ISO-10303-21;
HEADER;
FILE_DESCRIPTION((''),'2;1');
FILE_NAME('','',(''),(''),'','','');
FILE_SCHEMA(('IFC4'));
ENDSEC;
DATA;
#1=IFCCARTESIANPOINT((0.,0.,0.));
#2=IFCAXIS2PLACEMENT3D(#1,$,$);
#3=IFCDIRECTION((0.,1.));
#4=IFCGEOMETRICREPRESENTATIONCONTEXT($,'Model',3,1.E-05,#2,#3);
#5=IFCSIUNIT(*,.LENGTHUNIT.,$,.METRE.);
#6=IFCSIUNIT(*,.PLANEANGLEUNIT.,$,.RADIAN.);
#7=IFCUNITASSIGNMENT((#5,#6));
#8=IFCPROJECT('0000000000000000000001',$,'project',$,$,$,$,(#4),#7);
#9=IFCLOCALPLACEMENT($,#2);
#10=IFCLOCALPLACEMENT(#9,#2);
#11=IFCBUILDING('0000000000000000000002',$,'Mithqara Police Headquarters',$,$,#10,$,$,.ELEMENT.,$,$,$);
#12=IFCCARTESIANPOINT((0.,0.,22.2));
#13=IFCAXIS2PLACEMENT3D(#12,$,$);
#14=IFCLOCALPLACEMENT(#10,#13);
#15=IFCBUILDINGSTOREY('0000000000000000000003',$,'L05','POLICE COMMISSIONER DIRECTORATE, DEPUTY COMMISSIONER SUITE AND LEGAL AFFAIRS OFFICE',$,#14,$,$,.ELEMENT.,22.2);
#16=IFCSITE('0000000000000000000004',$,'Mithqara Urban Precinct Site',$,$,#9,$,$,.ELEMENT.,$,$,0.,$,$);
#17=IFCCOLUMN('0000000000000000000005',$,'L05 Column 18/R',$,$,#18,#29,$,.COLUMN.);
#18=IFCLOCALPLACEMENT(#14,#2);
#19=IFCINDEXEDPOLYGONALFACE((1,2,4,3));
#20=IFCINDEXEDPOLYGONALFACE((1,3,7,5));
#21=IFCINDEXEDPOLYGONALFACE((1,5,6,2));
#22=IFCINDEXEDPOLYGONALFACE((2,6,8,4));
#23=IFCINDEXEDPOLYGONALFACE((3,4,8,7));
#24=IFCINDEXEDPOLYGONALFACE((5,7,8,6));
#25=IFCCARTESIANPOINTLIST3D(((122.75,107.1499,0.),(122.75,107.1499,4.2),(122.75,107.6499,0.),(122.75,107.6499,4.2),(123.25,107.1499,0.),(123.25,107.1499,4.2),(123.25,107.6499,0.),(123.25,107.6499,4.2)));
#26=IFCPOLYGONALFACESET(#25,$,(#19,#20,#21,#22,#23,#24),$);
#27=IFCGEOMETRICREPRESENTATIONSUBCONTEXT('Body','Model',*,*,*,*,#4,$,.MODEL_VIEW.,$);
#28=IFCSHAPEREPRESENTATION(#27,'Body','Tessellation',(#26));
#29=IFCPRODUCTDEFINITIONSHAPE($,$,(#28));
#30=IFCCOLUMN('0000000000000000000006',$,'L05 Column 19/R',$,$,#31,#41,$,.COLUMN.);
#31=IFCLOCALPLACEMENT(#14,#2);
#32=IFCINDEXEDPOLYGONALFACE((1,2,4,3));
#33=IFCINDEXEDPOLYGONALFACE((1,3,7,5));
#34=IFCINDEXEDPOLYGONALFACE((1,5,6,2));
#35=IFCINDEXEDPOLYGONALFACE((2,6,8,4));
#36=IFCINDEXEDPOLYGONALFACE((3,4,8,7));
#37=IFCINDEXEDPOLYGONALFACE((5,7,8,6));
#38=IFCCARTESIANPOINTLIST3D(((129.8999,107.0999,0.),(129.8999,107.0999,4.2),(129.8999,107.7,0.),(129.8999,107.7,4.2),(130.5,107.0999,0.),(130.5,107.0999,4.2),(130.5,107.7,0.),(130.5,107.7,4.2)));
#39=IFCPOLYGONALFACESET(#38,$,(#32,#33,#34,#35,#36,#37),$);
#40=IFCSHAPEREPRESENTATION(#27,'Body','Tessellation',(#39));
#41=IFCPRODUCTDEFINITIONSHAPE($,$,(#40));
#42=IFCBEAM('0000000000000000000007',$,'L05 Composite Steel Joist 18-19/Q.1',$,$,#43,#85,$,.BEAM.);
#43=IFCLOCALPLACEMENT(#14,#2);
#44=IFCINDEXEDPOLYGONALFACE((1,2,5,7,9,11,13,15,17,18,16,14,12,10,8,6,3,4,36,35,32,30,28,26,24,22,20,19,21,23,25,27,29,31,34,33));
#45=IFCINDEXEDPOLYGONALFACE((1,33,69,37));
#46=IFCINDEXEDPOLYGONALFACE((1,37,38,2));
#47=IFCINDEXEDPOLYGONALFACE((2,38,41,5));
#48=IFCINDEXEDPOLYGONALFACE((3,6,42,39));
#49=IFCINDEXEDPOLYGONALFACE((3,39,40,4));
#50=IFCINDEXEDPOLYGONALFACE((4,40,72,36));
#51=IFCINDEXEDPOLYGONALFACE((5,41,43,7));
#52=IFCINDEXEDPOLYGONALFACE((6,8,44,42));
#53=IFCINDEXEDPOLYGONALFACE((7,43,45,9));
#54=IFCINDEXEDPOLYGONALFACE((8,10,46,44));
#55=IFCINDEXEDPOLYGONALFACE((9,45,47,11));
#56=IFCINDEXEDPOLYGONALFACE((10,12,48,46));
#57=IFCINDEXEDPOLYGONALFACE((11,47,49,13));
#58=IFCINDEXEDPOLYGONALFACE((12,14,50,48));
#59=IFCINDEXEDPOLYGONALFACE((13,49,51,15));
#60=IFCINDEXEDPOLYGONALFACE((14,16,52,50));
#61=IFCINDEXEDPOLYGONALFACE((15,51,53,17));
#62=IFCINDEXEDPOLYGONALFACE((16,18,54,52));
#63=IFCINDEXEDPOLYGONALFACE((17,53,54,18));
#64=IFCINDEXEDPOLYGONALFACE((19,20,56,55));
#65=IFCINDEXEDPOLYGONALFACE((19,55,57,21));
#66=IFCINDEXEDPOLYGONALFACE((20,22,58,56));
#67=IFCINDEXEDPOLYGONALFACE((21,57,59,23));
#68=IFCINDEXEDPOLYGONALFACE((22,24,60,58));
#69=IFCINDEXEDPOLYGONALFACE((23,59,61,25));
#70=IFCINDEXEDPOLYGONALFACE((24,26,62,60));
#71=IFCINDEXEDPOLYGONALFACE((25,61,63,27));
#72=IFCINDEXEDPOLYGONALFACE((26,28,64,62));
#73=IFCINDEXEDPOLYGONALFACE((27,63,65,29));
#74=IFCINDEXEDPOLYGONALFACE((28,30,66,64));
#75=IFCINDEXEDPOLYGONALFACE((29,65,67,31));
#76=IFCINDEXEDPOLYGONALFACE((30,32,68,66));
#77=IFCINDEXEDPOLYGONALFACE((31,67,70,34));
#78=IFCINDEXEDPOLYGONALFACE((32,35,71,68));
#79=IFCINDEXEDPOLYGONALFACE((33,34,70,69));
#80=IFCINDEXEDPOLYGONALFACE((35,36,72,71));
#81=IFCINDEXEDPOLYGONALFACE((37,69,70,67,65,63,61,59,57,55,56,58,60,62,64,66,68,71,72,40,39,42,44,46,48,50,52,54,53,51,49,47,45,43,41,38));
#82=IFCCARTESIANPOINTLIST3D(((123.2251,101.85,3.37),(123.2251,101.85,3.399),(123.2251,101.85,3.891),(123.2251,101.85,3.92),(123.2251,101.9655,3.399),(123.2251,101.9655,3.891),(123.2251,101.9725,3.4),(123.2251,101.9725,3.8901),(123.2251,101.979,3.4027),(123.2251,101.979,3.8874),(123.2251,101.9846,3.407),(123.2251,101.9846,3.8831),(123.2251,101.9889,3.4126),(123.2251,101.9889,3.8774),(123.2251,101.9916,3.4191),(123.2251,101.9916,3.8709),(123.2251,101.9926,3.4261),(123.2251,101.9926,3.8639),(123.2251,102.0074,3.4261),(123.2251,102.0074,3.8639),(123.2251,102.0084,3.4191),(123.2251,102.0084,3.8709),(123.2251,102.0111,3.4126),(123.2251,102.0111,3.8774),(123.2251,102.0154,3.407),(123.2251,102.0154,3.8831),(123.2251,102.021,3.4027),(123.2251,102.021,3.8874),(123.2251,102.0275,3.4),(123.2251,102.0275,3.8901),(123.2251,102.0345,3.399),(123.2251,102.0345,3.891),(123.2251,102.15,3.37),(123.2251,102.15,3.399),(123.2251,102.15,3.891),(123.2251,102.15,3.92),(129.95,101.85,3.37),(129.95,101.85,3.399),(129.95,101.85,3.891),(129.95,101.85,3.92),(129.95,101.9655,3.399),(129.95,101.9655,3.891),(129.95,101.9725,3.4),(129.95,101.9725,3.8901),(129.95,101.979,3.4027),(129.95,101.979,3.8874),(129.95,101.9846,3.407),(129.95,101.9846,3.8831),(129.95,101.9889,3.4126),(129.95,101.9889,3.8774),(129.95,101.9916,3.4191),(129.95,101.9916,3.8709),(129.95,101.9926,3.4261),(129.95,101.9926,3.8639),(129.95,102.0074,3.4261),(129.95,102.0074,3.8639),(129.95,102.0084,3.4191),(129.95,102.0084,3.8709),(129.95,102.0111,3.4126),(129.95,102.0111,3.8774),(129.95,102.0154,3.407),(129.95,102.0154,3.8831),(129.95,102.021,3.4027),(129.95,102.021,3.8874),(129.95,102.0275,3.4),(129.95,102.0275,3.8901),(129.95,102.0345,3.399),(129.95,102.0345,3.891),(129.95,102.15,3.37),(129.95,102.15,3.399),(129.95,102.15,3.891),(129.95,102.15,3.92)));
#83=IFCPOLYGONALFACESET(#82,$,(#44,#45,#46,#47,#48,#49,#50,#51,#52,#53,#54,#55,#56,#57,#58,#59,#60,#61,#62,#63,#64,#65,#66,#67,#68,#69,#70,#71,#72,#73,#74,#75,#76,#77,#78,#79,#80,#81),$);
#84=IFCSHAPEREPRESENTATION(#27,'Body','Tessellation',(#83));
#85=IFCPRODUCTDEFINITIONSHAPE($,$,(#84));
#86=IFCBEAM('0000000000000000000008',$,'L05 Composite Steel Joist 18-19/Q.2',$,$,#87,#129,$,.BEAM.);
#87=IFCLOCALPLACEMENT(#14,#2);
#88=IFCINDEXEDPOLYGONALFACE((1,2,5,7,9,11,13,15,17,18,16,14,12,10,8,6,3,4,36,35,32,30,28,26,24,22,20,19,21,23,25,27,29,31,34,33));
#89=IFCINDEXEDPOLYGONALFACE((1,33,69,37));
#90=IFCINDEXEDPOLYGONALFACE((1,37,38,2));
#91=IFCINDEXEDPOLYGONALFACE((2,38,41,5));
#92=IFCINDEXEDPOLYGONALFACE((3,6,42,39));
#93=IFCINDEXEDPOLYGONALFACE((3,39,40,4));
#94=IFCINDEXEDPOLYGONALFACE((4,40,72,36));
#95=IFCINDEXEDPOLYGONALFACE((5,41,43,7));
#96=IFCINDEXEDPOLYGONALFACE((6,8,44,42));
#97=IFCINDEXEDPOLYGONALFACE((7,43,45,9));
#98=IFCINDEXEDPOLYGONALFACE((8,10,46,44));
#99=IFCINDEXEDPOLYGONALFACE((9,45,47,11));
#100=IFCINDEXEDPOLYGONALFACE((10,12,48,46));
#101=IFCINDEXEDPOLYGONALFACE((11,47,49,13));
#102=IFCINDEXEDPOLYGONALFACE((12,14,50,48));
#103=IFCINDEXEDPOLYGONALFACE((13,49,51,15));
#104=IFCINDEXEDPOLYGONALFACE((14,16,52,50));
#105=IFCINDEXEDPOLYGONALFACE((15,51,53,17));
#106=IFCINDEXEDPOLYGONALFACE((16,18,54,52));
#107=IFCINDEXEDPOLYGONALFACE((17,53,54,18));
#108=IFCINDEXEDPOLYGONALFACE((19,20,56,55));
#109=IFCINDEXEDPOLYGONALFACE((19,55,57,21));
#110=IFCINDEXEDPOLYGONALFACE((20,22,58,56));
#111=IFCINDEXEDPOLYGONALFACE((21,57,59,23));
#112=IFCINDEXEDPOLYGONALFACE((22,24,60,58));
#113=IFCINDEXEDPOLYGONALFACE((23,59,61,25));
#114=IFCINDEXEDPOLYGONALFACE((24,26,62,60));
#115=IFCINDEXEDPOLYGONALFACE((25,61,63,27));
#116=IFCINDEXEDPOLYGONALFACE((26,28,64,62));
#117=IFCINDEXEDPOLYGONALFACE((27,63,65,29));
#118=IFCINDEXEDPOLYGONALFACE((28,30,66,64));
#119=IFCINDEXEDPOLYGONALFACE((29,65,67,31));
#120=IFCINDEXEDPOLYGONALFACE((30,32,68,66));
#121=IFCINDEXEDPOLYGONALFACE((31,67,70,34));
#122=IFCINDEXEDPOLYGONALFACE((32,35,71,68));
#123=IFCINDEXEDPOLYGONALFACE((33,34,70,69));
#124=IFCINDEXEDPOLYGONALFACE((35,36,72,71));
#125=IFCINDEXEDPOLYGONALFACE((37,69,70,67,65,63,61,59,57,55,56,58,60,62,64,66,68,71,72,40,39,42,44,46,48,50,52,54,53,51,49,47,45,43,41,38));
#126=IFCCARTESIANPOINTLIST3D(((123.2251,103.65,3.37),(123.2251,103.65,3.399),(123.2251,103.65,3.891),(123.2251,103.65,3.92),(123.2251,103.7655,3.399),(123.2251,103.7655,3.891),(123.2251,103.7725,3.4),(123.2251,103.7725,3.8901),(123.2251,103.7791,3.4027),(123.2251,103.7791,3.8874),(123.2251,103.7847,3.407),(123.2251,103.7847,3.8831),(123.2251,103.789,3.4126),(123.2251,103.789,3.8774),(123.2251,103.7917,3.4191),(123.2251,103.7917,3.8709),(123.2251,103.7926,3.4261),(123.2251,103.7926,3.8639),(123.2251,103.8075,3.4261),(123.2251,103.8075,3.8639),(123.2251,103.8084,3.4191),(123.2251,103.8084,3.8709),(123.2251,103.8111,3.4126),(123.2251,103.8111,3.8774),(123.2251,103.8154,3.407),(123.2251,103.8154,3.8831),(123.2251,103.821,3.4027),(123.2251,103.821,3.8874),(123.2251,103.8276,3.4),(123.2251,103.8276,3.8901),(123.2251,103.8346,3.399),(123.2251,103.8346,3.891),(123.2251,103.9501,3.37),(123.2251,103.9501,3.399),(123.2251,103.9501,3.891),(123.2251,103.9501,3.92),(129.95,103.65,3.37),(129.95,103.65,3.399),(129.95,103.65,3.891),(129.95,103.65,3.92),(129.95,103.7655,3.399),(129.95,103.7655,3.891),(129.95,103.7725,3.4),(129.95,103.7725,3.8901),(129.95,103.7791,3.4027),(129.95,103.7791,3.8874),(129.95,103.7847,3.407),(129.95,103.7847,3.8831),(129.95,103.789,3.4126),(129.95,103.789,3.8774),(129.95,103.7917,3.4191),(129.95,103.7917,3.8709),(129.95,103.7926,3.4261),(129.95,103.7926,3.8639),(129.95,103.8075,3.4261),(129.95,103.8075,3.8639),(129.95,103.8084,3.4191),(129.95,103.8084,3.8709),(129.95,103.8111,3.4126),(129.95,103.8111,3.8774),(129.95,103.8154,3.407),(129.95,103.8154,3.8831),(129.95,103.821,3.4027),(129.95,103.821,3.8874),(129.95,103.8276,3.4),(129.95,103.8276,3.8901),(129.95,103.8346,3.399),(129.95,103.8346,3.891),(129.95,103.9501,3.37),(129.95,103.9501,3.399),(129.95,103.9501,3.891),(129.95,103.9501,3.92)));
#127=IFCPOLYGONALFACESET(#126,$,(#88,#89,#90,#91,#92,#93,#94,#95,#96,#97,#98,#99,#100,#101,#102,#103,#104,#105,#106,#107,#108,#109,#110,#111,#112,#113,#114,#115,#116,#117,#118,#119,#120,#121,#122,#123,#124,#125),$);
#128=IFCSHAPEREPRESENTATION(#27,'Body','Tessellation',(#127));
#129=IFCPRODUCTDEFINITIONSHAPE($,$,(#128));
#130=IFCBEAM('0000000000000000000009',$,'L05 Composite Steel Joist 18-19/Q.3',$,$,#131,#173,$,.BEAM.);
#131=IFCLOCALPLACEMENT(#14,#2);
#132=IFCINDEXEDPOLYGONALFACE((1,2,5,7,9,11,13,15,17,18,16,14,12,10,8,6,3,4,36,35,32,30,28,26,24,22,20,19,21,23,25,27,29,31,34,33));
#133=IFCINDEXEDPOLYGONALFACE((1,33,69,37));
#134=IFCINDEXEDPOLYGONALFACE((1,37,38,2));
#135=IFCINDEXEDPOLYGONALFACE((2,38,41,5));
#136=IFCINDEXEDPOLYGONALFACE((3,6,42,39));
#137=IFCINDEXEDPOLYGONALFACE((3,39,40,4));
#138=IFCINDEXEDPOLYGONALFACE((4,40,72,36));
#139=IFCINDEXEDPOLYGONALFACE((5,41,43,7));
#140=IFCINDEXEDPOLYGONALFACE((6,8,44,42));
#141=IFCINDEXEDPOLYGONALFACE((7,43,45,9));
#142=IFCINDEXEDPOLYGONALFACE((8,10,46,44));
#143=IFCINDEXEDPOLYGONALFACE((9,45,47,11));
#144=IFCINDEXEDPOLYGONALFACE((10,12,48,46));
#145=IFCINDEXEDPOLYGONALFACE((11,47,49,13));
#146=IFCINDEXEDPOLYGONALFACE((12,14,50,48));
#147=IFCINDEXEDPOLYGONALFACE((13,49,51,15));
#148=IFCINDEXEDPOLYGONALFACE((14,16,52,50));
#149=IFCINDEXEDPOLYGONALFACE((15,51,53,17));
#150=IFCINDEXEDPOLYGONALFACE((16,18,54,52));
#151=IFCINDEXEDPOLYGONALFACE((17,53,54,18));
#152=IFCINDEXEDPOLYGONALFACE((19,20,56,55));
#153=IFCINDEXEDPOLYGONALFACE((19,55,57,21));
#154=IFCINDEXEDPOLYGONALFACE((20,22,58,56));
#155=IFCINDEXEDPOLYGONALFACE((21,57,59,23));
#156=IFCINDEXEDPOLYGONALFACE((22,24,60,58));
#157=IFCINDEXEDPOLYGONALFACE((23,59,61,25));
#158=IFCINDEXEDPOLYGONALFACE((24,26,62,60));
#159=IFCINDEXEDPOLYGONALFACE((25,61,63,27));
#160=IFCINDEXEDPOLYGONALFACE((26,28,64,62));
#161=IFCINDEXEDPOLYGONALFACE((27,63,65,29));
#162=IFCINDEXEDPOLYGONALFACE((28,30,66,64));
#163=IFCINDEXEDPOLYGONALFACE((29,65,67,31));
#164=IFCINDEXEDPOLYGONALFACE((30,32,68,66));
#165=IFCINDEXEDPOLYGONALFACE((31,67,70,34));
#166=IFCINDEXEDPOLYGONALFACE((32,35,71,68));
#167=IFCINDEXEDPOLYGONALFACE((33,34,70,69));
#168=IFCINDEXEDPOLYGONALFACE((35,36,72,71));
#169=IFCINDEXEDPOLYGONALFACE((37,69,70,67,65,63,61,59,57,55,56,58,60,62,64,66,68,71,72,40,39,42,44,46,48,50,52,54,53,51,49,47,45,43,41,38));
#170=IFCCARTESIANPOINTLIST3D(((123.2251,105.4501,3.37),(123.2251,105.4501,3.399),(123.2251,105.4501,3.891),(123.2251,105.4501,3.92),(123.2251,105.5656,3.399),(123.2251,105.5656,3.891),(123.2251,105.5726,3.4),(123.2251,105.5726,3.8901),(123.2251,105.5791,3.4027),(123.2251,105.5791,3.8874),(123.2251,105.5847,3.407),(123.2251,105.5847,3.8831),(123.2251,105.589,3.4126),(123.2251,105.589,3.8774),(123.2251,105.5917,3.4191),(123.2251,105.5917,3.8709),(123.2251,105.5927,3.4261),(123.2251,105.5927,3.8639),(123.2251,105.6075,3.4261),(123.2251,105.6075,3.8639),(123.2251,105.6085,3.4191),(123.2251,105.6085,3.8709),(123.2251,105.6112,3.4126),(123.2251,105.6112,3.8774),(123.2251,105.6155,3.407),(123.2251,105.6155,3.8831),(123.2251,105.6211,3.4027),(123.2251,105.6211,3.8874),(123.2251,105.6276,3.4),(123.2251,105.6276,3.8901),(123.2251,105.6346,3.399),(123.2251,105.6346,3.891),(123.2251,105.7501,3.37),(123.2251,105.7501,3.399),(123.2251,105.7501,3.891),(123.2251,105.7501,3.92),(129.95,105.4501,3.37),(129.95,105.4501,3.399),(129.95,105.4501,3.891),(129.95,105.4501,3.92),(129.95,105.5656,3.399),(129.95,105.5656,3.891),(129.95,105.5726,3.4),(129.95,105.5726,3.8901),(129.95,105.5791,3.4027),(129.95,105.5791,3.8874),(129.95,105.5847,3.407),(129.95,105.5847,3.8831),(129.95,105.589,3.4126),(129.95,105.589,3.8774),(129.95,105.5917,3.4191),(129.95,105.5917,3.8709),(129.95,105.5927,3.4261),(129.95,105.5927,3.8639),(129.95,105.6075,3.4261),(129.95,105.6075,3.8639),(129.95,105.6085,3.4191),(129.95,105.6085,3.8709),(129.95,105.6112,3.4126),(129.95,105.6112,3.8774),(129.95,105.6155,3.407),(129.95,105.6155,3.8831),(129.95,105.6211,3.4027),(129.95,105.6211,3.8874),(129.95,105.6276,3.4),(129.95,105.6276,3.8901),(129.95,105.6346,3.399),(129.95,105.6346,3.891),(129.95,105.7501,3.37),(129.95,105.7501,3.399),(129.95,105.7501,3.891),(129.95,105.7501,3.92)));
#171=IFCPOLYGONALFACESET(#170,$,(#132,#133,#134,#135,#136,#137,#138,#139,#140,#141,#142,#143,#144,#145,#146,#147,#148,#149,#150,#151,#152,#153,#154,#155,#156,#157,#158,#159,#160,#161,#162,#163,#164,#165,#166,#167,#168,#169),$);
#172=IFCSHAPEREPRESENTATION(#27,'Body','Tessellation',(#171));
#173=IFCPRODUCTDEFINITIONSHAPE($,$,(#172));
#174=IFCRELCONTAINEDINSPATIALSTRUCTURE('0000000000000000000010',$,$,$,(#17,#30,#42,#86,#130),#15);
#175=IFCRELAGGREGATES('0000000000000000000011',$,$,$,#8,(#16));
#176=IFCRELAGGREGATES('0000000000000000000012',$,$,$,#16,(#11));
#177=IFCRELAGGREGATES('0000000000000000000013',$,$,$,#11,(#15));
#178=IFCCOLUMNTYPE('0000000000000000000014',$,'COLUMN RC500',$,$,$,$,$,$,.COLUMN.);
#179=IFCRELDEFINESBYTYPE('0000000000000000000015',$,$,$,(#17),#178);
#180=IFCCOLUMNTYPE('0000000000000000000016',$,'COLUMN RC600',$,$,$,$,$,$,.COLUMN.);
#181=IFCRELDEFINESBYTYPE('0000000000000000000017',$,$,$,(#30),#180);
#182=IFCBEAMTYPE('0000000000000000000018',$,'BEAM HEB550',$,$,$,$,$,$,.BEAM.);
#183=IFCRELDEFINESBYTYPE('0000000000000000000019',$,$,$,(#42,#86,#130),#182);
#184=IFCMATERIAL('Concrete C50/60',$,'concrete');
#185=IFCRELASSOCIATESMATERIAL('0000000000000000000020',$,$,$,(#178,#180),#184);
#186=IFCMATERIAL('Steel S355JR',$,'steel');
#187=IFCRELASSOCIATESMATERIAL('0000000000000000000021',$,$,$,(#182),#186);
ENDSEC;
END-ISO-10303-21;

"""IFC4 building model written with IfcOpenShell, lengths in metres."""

from ifc_helpers import new_model, si_unit, direction, frame, origin, origin_2d, place, context, subcontext, project, spatial, rectangle, i_section, extrude, material, material_profile, profile_set, type_object, element, save


model = new_model("IFC4")

# Units and contexts
model_context = context("Model", 3, precision=1e-05, world=origin(), true_north=direction((0.0, 1.0)))
body_context = subcontext(model_context, "Body", "Model", "MODEL_VIEW")
ifc_project = project(units=[si_unit("LENGTHUNIT", "METRE"), si_unit("PLANEANGLEUNIT", "RADIAN")], contexts=[model_context])

# Site, building, storey
site_placement = place(None, origin())
site = spatial("IfcSite", under=ifc_project, at=site_placement, Name="Mithqara Urban Precinct Site", CompositionType="ELEMENT", RefElevation=0.0)
building_placement = place(site_placement, origin())
building = spatial("IfcBuilding", under=site, at=building_placement, Name="Mithqara Police Headquarters", CompositionType="ELEMENT")
storey_placement = place(building_placement, frame((0.0, 0.0, 22.2)))
storey = spatial("IfcBuildingStorey", under=building, at=storey_placement, Name="L05", Description="POLICE COMMISSIONER DIRECTORATE, DEPUTY COMMISSIONER SUITE AND LEGAL AFFAIRS OFFICE", CompositionType="ELEMENT", Elevation=22.2)

# Columns
ifc_material_1 = material(Name="Concrete C50/60", Category="concrete")
ifc_material_profile_1 = material_profile(ifc_material_1, rectangle(XDim=0.5, YDim=0.5, at=origin_2d()), Name="RC 500x500")
ifc_profile_set_1 = profile_set([ifc_material_profile_1], Name="Concrete C50/60")
column_type_1 = type_object("IfcColumnType", Name="COLUMN RC500", PredefinedType="COLUMN", material=ifc_profile_set_1)
column_1_placement = place(storey_placement, frame((123.0, 107.3999, 0.0), z_axis=(0.0, 0.0, 1.0), x_axis=(1.0, 0.0, 0.0)))
element("IfcColumn", 1, at=column_1_placement, inside=storey, type_object=column_type_1, Name="L05 Column 18/R", PredefinedType="COLUMN", context=body_context, shape_type="SweptSolid", body=[
    extrude(rectangle(XDim=0.5, YDim=0.5, at=origin_2d()), origin(), (0.0, 0.0, 1.0), 4.2),
])
ifc_material_profile_2 = material_profile(ifc_material_1, rectangle(XDim=0.6001, YDim=0.6001, at=origin_2d()), Name="RC 600x600")
ifc_profile_set_2 = profile_set([ifc_material_profile_2], Name="Concrete C50/60")
column_type_2 = type_object("IfcColumnType", Name="COLUMN RC600", PredefinedType="COLUMN", material=ifc_profile_set_2)
column_2_placement = place(storey_placement, frame((130.2, 107.3999, 0.0), z_axis=(0.0, 0.0, 1.0), x_axis=(1.0, 0.0, 0.0)))
element("IfcColumn", 2, at=column_2_placement, inside=storey, type_object=column_type_2, Name="L05 Column 19/R", PredefinedType="COLUMN", context=body_context, shape_type="SweptSolid", body=[
    extrude(rectangle(XDim=0.6001, YDim=0.6001, at=origin_2d()), origin(), (0.0, 0.0, 1.0), 4.2),
])

# Beams
ifc_material_2 = material(Name="Steel S355JR", Category="steel")
ifc_material_profile_3 = material_profile(ifc_material_2, i_section(OverallWidth=0.3, OverallDepth=0.55, WebThickness=0.0149, FlangeThickness=0.0291, FilletRadius=0.0271, at=origin_2d()), Name="HEB 550")
ifc_profile_set_3 = profile_set([ifc_material_profile_3], Name="Steel S355JR")
beam_type_1 = type_object("IfcBeamType", Name="BEAM HEB550", PredefinedType="BEAM", material=ifc_profile_set_3)
for number, where, z_axis, x_axis, name in (
    (3, (123.2251, 102.0, 3.645), (1.0, 0.0, 0.0), (0.0, 1.0, 0.0), "L05 Composite Steel Joist 18-19/Q.1"),
    (4, (123.2251, 103.8, 3.645), (1.0, 0.0, 0.0), (0.0, 1.0, 0.0), "L05 Composite Steel Joist 18-19/Q.2"),
    (5, (123.2251, 105.6001, 3.645), (1.0, 0.0, 0.0), (0.0, 1.0, 0.0), "L05 Composite Steel Joist 18-19/Q.3"),
):
    element("IfcBeam", number, at=place(storey_placement, frame(where, z_axis=z_axis, x_axis=x_axis)), inside=storey, type_object=beam_type_1, Name=name, PredefinedType="BEAM", context=body_context, shape_type="SweptSolid", body=[
        extrude(i_section(OverallWidth=0.3, OverallDepth=0.55, WebThickness=0.0149, FlangeThickness=0.0291, FilletRadius=0.0271, at=origin_2d()), origin(), (0.0, 0.0, 1.0), 6.7249),
    ])

save(model, "model.ifc")
